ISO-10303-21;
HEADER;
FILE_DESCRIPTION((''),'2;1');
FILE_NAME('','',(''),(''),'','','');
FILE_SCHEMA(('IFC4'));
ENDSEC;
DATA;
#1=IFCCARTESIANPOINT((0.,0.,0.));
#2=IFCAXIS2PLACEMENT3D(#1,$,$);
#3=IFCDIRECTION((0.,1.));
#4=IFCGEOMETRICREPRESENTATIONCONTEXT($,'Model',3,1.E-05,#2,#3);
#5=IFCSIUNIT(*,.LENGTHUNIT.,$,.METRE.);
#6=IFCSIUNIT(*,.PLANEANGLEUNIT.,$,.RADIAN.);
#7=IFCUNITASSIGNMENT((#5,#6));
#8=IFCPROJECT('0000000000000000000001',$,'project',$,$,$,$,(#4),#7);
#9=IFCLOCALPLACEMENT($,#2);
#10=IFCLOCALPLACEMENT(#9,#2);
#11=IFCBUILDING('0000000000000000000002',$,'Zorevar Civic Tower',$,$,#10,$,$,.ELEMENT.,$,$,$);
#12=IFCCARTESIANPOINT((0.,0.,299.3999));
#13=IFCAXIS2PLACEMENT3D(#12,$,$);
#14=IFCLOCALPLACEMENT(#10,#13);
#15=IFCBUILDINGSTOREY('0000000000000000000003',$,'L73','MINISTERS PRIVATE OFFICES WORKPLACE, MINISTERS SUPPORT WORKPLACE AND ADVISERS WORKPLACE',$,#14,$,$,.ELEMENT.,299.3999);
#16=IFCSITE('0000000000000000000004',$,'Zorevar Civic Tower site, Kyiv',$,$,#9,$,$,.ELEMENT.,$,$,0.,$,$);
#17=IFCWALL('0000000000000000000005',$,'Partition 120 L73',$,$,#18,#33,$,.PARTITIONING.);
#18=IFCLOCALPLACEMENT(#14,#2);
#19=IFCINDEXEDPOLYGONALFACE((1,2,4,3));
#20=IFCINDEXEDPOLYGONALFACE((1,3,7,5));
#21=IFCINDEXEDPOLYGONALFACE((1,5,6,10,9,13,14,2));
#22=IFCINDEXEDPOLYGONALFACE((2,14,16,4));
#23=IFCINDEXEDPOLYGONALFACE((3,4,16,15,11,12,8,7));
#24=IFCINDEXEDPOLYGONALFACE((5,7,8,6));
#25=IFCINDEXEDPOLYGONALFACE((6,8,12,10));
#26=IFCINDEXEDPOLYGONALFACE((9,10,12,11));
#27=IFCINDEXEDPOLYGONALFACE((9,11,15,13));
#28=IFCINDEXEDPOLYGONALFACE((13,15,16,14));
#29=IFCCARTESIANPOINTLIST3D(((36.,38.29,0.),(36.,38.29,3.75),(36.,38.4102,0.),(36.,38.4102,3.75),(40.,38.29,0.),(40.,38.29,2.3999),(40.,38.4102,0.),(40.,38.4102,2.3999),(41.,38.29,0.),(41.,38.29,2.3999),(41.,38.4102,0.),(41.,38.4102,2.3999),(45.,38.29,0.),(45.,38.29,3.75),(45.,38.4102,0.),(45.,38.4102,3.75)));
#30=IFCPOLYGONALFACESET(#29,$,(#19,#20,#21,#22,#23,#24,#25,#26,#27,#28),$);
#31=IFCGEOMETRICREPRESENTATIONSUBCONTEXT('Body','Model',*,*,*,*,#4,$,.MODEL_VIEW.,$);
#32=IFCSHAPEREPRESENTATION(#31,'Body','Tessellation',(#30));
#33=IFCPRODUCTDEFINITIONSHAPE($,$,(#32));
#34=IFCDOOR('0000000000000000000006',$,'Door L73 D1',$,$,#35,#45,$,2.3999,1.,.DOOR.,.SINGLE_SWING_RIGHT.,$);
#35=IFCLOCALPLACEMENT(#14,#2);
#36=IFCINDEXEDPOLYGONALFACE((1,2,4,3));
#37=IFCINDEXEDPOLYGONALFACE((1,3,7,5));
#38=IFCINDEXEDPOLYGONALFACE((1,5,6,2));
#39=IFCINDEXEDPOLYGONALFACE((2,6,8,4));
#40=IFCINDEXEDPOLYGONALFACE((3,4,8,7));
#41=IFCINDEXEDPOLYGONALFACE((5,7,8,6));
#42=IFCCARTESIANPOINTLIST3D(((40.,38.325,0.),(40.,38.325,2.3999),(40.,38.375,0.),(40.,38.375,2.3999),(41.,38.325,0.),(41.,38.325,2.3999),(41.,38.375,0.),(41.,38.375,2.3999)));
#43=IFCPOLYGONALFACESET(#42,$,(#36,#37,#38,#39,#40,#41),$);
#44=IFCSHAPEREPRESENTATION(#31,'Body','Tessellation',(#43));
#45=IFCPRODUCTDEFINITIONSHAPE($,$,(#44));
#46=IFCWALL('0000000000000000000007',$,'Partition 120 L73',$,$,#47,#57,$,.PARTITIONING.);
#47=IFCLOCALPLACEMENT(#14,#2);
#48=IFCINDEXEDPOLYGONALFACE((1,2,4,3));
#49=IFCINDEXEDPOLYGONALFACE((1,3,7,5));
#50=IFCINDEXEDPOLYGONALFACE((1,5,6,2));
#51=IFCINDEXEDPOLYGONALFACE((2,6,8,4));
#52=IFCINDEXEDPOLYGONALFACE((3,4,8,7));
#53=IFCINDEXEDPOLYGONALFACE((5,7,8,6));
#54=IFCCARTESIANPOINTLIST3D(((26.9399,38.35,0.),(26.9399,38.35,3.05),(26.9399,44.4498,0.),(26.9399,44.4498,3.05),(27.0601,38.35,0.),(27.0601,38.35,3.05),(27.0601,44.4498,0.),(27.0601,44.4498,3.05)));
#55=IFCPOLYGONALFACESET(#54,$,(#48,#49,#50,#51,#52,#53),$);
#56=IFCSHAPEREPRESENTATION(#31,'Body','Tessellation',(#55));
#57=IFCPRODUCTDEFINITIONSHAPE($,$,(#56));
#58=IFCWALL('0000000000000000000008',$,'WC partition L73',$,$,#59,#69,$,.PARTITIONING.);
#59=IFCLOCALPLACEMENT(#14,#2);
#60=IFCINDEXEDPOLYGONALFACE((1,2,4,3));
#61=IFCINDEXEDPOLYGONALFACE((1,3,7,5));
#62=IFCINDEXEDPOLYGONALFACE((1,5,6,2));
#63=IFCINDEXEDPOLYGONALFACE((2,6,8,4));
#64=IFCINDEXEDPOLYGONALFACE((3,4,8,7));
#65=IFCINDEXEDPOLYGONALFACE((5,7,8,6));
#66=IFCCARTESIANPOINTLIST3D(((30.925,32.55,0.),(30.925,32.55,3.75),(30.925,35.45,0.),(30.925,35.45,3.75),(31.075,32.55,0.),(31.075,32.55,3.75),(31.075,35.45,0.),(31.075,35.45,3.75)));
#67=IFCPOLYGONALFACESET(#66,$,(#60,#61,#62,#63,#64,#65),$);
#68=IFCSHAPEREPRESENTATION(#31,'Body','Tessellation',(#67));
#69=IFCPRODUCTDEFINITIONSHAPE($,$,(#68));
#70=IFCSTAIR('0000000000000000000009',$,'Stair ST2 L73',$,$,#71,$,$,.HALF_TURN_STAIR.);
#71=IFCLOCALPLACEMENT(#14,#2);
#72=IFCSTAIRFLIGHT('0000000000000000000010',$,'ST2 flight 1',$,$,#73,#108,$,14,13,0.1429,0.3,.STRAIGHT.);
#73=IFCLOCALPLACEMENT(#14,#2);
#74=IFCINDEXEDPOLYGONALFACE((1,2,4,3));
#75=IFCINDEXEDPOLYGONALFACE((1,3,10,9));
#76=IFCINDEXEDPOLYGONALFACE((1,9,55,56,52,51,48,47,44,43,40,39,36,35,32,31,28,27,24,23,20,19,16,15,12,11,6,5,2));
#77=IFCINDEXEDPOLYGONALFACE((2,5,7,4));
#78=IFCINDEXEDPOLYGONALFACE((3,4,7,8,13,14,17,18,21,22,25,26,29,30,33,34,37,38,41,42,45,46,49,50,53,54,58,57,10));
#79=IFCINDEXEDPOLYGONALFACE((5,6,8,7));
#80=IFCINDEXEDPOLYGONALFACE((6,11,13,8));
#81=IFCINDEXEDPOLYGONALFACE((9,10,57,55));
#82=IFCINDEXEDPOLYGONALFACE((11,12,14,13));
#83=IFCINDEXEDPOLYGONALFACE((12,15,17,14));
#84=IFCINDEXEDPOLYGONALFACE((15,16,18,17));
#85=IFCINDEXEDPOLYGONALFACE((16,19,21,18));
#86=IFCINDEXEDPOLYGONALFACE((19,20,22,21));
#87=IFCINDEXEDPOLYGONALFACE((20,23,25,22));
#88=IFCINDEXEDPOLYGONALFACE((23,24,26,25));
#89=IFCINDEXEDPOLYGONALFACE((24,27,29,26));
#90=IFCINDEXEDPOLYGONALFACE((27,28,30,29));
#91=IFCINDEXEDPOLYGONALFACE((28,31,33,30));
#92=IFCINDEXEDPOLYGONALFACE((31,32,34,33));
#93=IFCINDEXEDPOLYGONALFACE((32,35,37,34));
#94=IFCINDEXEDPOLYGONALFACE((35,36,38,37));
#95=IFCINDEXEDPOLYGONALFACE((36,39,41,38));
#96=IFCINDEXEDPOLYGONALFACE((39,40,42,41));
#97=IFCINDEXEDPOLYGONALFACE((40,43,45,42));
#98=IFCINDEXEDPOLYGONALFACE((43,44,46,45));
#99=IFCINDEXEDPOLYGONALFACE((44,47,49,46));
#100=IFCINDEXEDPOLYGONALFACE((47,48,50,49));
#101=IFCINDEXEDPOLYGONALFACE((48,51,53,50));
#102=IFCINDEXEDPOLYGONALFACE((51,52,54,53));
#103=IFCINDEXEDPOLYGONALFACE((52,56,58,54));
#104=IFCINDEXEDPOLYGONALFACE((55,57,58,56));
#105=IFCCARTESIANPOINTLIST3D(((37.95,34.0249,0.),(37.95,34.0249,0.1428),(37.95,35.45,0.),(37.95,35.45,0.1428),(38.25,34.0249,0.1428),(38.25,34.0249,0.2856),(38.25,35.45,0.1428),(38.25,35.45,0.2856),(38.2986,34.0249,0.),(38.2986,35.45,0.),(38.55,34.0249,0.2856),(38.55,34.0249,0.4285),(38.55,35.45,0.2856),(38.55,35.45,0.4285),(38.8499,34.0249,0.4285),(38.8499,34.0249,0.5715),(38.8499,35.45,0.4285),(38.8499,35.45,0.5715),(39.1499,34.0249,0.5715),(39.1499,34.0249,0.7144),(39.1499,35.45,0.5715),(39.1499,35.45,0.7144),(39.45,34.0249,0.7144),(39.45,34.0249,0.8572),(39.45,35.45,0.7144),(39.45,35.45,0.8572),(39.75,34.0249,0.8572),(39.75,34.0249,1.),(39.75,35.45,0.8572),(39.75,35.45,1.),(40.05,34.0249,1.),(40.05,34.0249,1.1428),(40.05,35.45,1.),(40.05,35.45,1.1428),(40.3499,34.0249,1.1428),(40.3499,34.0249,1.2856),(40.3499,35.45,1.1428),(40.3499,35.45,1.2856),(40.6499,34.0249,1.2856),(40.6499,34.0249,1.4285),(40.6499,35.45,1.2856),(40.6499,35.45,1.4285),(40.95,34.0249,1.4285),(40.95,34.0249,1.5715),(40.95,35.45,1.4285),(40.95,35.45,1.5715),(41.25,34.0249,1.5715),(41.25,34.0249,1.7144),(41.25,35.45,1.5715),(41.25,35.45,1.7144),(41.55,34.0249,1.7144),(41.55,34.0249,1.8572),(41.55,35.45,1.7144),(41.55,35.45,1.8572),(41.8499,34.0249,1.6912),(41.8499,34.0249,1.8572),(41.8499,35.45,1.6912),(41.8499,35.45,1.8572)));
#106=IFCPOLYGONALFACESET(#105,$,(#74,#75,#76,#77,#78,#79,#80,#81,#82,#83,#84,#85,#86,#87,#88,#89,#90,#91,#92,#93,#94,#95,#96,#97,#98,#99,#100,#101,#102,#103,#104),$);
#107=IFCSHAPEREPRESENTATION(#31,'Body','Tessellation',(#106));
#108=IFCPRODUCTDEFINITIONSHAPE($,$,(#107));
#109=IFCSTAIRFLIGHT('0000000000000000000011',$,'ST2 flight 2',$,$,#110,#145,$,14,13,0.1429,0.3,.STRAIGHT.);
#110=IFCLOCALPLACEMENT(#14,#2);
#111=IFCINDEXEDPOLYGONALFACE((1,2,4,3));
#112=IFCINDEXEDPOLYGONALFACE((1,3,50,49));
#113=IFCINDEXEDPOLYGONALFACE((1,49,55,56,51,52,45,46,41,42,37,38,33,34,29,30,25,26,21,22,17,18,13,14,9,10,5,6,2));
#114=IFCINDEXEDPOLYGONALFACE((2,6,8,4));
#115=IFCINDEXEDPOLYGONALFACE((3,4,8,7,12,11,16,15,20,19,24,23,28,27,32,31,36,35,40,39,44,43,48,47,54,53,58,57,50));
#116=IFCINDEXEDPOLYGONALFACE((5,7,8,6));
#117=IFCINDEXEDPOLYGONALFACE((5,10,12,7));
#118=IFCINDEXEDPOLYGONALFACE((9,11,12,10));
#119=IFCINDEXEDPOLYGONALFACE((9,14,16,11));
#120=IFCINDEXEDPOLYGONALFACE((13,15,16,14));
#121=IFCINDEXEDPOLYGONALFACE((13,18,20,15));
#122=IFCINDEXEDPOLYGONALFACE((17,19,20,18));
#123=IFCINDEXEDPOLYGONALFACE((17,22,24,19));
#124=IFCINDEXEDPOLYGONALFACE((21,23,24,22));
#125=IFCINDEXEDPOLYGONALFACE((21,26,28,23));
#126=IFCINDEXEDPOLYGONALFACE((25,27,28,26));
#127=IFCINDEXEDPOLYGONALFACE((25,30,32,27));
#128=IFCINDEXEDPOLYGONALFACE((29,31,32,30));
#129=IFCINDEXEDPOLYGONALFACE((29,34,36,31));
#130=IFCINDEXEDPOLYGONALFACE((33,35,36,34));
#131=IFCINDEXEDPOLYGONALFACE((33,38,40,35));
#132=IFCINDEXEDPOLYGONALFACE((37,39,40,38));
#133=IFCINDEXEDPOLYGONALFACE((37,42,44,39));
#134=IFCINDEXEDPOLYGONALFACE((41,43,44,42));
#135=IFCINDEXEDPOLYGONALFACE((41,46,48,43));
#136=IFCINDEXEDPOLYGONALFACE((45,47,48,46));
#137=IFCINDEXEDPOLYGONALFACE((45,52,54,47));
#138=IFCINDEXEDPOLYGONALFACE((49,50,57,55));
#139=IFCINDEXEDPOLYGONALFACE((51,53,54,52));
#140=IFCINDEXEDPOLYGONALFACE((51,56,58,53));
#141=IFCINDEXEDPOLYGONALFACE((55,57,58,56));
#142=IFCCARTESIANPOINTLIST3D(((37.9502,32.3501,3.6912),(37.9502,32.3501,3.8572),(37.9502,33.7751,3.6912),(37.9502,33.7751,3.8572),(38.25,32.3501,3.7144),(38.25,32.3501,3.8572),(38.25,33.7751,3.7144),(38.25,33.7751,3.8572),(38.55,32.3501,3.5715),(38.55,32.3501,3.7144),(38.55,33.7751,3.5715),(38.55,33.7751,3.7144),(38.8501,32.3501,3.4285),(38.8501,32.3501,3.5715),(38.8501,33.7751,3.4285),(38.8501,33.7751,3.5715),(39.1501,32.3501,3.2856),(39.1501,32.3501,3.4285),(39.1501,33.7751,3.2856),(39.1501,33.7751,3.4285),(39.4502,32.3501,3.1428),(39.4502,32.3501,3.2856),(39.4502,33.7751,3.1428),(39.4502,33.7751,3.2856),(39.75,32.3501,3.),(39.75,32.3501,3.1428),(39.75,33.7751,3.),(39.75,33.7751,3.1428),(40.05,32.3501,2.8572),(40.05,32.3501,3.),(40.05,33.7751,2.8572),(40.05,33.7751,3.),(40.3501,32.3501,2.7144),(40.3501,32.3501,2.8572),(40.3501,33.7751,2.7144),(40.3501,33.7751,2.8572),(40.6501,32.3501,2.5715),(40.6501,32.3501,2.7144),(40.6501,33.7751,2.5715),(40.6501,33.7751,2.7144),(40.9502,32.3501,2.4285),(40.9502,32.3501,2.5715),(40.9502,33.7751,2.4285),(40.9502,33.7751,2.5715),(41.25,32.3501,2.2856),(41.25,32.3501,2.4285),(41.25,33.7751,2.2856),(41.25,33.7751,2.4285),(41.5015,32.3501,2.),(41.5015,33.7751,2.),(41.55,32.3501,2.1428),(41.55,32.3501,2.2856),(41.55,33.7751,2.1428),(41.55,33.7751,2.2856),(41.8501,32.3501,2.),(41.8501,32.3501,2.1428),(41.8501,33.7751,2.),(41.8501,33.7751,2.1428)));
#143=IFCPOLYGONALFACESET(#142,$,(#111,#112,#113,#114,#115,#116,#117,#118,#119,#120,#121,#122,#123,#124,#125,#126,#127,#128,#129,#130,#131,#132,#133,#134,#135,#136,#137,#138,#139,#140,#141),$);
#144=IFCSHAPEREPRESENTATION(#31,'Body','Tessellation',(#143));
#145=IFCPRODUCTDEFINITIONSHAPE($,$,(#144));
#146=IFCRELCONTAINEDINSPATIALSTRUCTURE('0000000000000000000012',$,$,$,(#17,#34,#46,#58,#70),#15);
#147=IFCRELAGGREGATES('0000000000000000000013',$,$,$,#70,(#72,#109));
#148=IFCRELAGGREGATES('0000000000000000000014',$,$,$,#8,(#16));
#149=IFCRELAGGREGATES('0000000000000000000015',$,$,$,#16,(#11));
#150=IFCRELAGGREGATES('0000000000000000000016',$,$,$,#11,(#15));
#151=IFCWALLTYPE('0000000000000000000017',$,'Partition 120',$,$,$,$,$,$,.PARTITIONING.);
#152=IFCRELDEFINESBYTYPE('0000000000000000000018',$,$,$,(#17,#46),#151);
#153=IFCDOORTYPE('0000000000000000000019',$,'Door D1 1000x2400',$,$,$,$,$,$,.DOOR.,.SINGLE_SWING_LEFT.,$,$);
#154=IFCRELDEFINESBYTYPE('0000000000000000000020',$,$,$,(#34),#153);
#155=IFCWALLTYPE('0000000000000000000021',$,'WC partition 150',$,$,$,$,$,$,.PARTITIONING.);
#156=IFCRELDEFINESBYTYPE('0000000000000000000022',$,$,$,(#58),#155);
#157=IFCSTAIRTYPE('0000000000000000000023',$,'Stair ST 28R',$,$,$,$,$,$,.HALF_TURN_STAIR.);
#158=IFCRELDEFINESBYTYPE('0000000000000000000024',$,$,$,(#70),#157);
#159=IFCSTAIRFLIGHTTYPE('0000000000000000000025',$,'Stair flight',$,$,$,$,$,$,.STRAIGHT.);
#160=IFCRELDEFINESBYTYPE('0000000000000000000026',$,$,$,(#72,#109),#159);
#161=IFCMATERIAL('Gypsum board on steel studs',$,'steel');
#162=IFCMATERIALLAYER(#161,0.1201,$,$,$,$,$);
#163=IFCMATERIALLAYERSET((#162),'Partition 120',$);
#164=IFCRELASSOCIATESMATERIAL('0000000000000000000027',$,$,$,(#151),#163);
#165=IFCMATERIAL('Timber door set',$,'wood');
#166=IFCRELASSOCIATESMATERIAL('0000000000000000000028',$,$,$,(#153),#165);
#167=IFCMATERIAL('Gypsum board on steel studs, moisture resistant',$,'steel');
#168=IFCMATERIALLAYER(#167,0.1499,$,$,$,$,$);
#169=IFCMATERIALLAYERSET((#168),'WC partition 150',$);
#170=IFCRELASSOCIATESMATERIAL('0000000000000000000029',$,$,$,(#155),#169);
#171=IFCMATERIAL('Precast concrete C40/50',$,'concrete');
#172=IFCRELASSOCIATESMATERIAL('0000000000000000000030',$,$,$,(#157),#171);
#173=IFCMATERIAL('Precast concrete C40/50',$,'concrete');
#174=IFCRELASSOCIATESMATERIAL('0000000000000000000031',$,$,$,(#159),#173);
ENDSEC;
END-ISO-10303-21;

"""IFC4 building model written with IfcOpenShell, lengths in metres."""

from ifc_helpers import new_model, si_unit, direction, frame, frame_2d, origin, place, context, subcontext, project, spatial, polyline, rectangle, outline, extrude, material, layer, layer_set, type_object, element, fill, aggregate, save


model = new_model("IFC4")

# Units and contexts
model_context = context("Model", 3, precision=1e-05, world=origin(), true_north=direction((0.0, 1.0)))
body_context = subcontext(model_context, "Body", "Model", "MODEL_VIEW")
ifc_project = project(units=[si_unit("LENGTHUNIT", "METRE"), si_unit("PLANEANGLEUNIT", "RADIAN")], contexts=[model_context])

# Site, building, storey
site_placement = place(None, origin())
site = spatial("IfcSite", under=ifc_project, at=site_placement, Name="Zorevar Civic Tower site, Kyiv", CompositionType="ELEMENT", RefElevation=0.0)
building_placement = place(site_placement, origin())
building = spatial("IfcBuilding", under=site, at=building_placement, Name="Zorevar Civic Tower", CompositionType="ELEMENT")
storey_placement = place(building_placement, frame((0.0, 0.0, 299.3999)))
storey = spatial("IfcBuildingStorey", under=building, at=storey_placement, Name="L73", Description="MINISTERS PRIVATE OFFICES WORKPLACE, MINISTERS SUPPORT WORKPLACE AND ADVISERS WORKPLACE", CompositionType="ELEMENT", Elevation=299.3999)

# Wall, opening, door
ifc_material_1 = material(Name="Gypsum board on steel studs", Category="steel")
ifc_layer_1 = layer(ifc_material_1, 0.1201)
ifc_layer_set_1 = layer_set([ifc_layer_1], Name="Partition 120")
wall_type_1 = type_object("IfcWallType", Name="Partition 120", PredefinedType="PARTITIONING", material=ifc_layer_set_1)
wall_1_placement = place(storey_placement, frame((36.0, 38.3501, 0.0), z_axis=(0.0, 0.0, 1.0), x_axis=(1.0, 0.0, 0.0)))
wall_1 = element("IfcWall", 1, at=wall_1_placement, inside=storey, type_object=wall_type_1, Name="Partition 120 L73", PredefinedType="PARTITIONING", context=body_context, shape_type="SweptSolid", body=[
    extrude(rectangle(XDim=9.0, YDim=0.1201, at=frame_2d((4.5, 0.0))), origin(), (0.0, 0.0, 1.0), 3.75),
])
opening_1_placement = place(wall_1_placement, frame((4.0, 0.0, 0.0)))
opening_1 = element("IfcOpeningElement", 2, at=opening_1_placement, cuts=wall_1, PredefinedType="OPENING", context=body_context, shape_type="SweptSolid", body=[
    extrude(rectangle(XDim=1.0, YDim=2.3999, at=frame_2d((0.5, 1.2))), frame((0.0, 0.0701, 0.0), z_axis=(0.0, -1.0, 0.0), x_axis=(1.0, 0.0, 0.0)), (0.0, 0.0, 1.0), 0.1401),
])
ifc_material_2 = material(Name="Timber door set", Category="wood")
door_type_1 = type_object("IfcDoorType", Name="Door D1 1000x2400", OperationType="SINGLE_SWING_LEFT", PredefinedType="DOOR", material=ifc_material_2)
door_1_placement = place(opening_1_placement, origin())
door_1 = element("IfcDoor", 3, at=door_1_placement, inside=storey, type_object=door_type_1, Name="Door L73 D1", OperationType="SINGLE_SWING_RIGHT", OverallHeight=2.3999, OverallWidth=1.0, PredefinedType="DOOR", context=body_context, shape_type="SweptSolid", body=[
    extrude(rectangle(XDim=1.0, YDim=2.3999, at=frame_2d((0.5, 1.2))), frame((0.0, 0.0249, 0.0), z_axis=(0.0, -1.0, 0.0), x_axis=(1.0, 0.0, 0.0)), (0.0, 0.0, 1.0), 0.05),
])
fill(opening_1, door_1)

# Walls
wall_2_placement = place(storey_placement, frame((27.0, 38.3501, 0.0), z_axis=(0.0, 0.0, 1.0), x_axis=(0.0, 1.0, 0.0)))
element("IfcWall", 4, at=wall_2_placement, inside=storey, type_object=wall_type_1, Name="Partition 120 L73", PredefinedType="PARTITIONING", context=body_context, shape_type="SweptSolid", body=[
    extrude(rectangle(XDim=6.0999, YDim=0.1201, at=frame_2d((3.0498, 0.0))), origin(), (0.0, 0.0, 1.0), 3.05),
])
ifc_material_3 = material(Name="Gypsum board on steel studs, moisture resistant", Category="steel")
ifc_layer_2 = layer(ifc_material_3, 0.1499)
ifc_layer_set_2 = layer_set([ifc_layer_2], Name="WC partition 150")
wall_type_2 = type_object("IfcWallType", Name="WC partition 150", PredefinedType="PARTITIONING", material=ifc_layer_set_2)
wall_3_placement = place(storey_placement, frame((31.0, 32.55, 0.0), z_axis=(0.0, 0.0, 1.0), x_axis=(0.0, 1.0, 0.0)))
element("IfcWall", 5, at=wall_3_placement, inside=storey, type_object=wall_type_2, Name="WC partition L73", PredefinedType="PARTITIONING", context=body_context, shape_type="SweptSolid", body=[
    extrude(rectangle(XDim=2.8999, YDim=0.1499, at=frame_2d((1.45, 0.0))), origin(), (0.0, 0.0, 1.0), 3.75),
])

# Stair, stair flights
ifc_material_4 = material(Name="Precast concrete C40/50", Category="concrete")
stair_type = type_object("IfcStairType", Name="Stair ST 28R", PredefinedType="HALF_TURN_STAIR", material=ifc_material_4)
stair_placement = place(storey_placement, origin())
stair = element("IfcStair", 6, at=stair_placement, inside=storey, type_object=stair_type, Name="Stair ST2 L73", PredefinedType="HALF_TURN_STAIR")
ifc_material_5 = material(Name="Precast concrete C40/50", Category="concrete")
stair_flight_type = type_object("IfcStairFlightType", Name="Stair flight", PredefinedType="STRAIGHT", material=ifc_material_5)
stair_flight_1_placement = place(storey_placement, frame((37.95, 34.7375, 0.0), z_axis=(0.0, 0.0, 1.0), x_axis=(1.0, 0.0, 0.0)))
stair_flight_1 = element("IfcStairFlight", 7, at=stair_flight_1_placement, type_object=stair_flight_type, Name="ST2 flight 1", NumberOfRisers=14, NumberOfTreads=13, PredefinedType="STRAIGHT", RiserHeight=0.1429, TreadLength=0.3, context=body_context, shape_type="SweptSolid", body=[
    extrude(outline(polyline([(0.0, 0.0), (0.0, 0.1428), (0.3, 0.1428), (0.3, 0.2856), (0.6001, 0.2856), (0.6001, 0.4285), (0.8999, 0.4285), (0.8999, 0.5715), (1.2, 0.5715), (1.2, 0.7144), (1.5, 0.7144), (1.5, 0.8572), (1.8, 0.8572), (1.8, 1.0), (2.1001, 1.0), (2.1001, 1.1428), (2.3999, 1.1428), (2.3999, 1.2856), (2.7, 1.2856), (2.7, 1.4285), (3.0, 1.4285), (3.0, 1.5715), (3.3, 1.5715), (3.3, 1.7144), (3.6001, 1.7144), (3.6001, 1.8572), (3.8999, 1.8572), (3.8999, 2.0), (3.8999, 1.6912), (0.3486, 0.0), (0.0, 0.0)])), frame((0.0, 0.7124, 0.0), z_axis=(0.0, -1.0, 0.0), x_axis=(1.0, 0.0, 0.0)), (0.0, 0.0, 1.0), 1.425),
])
stair_flight_2_placement = place(storey_placement, frame((41.8501, 33.0625, 2.0), z_axis=(0.0, 0.0, 1.0), x_axis=(-1.0, 0.0, 0.0)))
stair_flight_2 = element("IfcStairFlight", 8, at=stair_flight_2_placement, type_object=stair_flight_type, Name="ST2 flight 2", NumberOfRisers=14, NumberOfTreads=13, PredefinedType="STRAIGHT", RiserHeight=0.1429, TreadLength=0.3, context=body_context, shape_type="SweptSolid", body=[
    extrude(outline(polyline([(0.0, 0.0), (0.0, 0.1428), (0.3, 0.1428), (0.3, 0.2856), (0.6001, 0.2856), (0.6001, 0.4285), (0.8999, 0.4285), (0.8999, 0.5715), (1.2, 0.5715), (1.2, 0.7144), (1.5, 0.7144), (1.5, 0.8572), (1.8, 0.8572), (1.8, 1.0), (2.1001, 1.0), (2.1001, 1.1428), (2.3999, 1.1428), (2.3999, 1.2856), (2.7, 1.2856), (2.7, 1.4285), (3.0, 1.4285), (3.0, 1.5715), (3.3, 1.5715), (3.3, 1.7144), (3.6001, 1.7144), (3.6001, 1.8572), (3.8999, 1.8572), (3.8999, 2.0), (3.8999, 1.6912), (0.3486, 0.0), (0.0, 0.0)])), frame((0.0, 0.7124, 0.0), z_axis=(0.0, -1.0, 0.0), x_axis=(1.0, 0.0, 0.0)), (0.0, 0.0, 1.0), 1.425),
])
aggregate(stair, [stair_flight_1, stair_flight_2])

save(model, "model.ifc")
